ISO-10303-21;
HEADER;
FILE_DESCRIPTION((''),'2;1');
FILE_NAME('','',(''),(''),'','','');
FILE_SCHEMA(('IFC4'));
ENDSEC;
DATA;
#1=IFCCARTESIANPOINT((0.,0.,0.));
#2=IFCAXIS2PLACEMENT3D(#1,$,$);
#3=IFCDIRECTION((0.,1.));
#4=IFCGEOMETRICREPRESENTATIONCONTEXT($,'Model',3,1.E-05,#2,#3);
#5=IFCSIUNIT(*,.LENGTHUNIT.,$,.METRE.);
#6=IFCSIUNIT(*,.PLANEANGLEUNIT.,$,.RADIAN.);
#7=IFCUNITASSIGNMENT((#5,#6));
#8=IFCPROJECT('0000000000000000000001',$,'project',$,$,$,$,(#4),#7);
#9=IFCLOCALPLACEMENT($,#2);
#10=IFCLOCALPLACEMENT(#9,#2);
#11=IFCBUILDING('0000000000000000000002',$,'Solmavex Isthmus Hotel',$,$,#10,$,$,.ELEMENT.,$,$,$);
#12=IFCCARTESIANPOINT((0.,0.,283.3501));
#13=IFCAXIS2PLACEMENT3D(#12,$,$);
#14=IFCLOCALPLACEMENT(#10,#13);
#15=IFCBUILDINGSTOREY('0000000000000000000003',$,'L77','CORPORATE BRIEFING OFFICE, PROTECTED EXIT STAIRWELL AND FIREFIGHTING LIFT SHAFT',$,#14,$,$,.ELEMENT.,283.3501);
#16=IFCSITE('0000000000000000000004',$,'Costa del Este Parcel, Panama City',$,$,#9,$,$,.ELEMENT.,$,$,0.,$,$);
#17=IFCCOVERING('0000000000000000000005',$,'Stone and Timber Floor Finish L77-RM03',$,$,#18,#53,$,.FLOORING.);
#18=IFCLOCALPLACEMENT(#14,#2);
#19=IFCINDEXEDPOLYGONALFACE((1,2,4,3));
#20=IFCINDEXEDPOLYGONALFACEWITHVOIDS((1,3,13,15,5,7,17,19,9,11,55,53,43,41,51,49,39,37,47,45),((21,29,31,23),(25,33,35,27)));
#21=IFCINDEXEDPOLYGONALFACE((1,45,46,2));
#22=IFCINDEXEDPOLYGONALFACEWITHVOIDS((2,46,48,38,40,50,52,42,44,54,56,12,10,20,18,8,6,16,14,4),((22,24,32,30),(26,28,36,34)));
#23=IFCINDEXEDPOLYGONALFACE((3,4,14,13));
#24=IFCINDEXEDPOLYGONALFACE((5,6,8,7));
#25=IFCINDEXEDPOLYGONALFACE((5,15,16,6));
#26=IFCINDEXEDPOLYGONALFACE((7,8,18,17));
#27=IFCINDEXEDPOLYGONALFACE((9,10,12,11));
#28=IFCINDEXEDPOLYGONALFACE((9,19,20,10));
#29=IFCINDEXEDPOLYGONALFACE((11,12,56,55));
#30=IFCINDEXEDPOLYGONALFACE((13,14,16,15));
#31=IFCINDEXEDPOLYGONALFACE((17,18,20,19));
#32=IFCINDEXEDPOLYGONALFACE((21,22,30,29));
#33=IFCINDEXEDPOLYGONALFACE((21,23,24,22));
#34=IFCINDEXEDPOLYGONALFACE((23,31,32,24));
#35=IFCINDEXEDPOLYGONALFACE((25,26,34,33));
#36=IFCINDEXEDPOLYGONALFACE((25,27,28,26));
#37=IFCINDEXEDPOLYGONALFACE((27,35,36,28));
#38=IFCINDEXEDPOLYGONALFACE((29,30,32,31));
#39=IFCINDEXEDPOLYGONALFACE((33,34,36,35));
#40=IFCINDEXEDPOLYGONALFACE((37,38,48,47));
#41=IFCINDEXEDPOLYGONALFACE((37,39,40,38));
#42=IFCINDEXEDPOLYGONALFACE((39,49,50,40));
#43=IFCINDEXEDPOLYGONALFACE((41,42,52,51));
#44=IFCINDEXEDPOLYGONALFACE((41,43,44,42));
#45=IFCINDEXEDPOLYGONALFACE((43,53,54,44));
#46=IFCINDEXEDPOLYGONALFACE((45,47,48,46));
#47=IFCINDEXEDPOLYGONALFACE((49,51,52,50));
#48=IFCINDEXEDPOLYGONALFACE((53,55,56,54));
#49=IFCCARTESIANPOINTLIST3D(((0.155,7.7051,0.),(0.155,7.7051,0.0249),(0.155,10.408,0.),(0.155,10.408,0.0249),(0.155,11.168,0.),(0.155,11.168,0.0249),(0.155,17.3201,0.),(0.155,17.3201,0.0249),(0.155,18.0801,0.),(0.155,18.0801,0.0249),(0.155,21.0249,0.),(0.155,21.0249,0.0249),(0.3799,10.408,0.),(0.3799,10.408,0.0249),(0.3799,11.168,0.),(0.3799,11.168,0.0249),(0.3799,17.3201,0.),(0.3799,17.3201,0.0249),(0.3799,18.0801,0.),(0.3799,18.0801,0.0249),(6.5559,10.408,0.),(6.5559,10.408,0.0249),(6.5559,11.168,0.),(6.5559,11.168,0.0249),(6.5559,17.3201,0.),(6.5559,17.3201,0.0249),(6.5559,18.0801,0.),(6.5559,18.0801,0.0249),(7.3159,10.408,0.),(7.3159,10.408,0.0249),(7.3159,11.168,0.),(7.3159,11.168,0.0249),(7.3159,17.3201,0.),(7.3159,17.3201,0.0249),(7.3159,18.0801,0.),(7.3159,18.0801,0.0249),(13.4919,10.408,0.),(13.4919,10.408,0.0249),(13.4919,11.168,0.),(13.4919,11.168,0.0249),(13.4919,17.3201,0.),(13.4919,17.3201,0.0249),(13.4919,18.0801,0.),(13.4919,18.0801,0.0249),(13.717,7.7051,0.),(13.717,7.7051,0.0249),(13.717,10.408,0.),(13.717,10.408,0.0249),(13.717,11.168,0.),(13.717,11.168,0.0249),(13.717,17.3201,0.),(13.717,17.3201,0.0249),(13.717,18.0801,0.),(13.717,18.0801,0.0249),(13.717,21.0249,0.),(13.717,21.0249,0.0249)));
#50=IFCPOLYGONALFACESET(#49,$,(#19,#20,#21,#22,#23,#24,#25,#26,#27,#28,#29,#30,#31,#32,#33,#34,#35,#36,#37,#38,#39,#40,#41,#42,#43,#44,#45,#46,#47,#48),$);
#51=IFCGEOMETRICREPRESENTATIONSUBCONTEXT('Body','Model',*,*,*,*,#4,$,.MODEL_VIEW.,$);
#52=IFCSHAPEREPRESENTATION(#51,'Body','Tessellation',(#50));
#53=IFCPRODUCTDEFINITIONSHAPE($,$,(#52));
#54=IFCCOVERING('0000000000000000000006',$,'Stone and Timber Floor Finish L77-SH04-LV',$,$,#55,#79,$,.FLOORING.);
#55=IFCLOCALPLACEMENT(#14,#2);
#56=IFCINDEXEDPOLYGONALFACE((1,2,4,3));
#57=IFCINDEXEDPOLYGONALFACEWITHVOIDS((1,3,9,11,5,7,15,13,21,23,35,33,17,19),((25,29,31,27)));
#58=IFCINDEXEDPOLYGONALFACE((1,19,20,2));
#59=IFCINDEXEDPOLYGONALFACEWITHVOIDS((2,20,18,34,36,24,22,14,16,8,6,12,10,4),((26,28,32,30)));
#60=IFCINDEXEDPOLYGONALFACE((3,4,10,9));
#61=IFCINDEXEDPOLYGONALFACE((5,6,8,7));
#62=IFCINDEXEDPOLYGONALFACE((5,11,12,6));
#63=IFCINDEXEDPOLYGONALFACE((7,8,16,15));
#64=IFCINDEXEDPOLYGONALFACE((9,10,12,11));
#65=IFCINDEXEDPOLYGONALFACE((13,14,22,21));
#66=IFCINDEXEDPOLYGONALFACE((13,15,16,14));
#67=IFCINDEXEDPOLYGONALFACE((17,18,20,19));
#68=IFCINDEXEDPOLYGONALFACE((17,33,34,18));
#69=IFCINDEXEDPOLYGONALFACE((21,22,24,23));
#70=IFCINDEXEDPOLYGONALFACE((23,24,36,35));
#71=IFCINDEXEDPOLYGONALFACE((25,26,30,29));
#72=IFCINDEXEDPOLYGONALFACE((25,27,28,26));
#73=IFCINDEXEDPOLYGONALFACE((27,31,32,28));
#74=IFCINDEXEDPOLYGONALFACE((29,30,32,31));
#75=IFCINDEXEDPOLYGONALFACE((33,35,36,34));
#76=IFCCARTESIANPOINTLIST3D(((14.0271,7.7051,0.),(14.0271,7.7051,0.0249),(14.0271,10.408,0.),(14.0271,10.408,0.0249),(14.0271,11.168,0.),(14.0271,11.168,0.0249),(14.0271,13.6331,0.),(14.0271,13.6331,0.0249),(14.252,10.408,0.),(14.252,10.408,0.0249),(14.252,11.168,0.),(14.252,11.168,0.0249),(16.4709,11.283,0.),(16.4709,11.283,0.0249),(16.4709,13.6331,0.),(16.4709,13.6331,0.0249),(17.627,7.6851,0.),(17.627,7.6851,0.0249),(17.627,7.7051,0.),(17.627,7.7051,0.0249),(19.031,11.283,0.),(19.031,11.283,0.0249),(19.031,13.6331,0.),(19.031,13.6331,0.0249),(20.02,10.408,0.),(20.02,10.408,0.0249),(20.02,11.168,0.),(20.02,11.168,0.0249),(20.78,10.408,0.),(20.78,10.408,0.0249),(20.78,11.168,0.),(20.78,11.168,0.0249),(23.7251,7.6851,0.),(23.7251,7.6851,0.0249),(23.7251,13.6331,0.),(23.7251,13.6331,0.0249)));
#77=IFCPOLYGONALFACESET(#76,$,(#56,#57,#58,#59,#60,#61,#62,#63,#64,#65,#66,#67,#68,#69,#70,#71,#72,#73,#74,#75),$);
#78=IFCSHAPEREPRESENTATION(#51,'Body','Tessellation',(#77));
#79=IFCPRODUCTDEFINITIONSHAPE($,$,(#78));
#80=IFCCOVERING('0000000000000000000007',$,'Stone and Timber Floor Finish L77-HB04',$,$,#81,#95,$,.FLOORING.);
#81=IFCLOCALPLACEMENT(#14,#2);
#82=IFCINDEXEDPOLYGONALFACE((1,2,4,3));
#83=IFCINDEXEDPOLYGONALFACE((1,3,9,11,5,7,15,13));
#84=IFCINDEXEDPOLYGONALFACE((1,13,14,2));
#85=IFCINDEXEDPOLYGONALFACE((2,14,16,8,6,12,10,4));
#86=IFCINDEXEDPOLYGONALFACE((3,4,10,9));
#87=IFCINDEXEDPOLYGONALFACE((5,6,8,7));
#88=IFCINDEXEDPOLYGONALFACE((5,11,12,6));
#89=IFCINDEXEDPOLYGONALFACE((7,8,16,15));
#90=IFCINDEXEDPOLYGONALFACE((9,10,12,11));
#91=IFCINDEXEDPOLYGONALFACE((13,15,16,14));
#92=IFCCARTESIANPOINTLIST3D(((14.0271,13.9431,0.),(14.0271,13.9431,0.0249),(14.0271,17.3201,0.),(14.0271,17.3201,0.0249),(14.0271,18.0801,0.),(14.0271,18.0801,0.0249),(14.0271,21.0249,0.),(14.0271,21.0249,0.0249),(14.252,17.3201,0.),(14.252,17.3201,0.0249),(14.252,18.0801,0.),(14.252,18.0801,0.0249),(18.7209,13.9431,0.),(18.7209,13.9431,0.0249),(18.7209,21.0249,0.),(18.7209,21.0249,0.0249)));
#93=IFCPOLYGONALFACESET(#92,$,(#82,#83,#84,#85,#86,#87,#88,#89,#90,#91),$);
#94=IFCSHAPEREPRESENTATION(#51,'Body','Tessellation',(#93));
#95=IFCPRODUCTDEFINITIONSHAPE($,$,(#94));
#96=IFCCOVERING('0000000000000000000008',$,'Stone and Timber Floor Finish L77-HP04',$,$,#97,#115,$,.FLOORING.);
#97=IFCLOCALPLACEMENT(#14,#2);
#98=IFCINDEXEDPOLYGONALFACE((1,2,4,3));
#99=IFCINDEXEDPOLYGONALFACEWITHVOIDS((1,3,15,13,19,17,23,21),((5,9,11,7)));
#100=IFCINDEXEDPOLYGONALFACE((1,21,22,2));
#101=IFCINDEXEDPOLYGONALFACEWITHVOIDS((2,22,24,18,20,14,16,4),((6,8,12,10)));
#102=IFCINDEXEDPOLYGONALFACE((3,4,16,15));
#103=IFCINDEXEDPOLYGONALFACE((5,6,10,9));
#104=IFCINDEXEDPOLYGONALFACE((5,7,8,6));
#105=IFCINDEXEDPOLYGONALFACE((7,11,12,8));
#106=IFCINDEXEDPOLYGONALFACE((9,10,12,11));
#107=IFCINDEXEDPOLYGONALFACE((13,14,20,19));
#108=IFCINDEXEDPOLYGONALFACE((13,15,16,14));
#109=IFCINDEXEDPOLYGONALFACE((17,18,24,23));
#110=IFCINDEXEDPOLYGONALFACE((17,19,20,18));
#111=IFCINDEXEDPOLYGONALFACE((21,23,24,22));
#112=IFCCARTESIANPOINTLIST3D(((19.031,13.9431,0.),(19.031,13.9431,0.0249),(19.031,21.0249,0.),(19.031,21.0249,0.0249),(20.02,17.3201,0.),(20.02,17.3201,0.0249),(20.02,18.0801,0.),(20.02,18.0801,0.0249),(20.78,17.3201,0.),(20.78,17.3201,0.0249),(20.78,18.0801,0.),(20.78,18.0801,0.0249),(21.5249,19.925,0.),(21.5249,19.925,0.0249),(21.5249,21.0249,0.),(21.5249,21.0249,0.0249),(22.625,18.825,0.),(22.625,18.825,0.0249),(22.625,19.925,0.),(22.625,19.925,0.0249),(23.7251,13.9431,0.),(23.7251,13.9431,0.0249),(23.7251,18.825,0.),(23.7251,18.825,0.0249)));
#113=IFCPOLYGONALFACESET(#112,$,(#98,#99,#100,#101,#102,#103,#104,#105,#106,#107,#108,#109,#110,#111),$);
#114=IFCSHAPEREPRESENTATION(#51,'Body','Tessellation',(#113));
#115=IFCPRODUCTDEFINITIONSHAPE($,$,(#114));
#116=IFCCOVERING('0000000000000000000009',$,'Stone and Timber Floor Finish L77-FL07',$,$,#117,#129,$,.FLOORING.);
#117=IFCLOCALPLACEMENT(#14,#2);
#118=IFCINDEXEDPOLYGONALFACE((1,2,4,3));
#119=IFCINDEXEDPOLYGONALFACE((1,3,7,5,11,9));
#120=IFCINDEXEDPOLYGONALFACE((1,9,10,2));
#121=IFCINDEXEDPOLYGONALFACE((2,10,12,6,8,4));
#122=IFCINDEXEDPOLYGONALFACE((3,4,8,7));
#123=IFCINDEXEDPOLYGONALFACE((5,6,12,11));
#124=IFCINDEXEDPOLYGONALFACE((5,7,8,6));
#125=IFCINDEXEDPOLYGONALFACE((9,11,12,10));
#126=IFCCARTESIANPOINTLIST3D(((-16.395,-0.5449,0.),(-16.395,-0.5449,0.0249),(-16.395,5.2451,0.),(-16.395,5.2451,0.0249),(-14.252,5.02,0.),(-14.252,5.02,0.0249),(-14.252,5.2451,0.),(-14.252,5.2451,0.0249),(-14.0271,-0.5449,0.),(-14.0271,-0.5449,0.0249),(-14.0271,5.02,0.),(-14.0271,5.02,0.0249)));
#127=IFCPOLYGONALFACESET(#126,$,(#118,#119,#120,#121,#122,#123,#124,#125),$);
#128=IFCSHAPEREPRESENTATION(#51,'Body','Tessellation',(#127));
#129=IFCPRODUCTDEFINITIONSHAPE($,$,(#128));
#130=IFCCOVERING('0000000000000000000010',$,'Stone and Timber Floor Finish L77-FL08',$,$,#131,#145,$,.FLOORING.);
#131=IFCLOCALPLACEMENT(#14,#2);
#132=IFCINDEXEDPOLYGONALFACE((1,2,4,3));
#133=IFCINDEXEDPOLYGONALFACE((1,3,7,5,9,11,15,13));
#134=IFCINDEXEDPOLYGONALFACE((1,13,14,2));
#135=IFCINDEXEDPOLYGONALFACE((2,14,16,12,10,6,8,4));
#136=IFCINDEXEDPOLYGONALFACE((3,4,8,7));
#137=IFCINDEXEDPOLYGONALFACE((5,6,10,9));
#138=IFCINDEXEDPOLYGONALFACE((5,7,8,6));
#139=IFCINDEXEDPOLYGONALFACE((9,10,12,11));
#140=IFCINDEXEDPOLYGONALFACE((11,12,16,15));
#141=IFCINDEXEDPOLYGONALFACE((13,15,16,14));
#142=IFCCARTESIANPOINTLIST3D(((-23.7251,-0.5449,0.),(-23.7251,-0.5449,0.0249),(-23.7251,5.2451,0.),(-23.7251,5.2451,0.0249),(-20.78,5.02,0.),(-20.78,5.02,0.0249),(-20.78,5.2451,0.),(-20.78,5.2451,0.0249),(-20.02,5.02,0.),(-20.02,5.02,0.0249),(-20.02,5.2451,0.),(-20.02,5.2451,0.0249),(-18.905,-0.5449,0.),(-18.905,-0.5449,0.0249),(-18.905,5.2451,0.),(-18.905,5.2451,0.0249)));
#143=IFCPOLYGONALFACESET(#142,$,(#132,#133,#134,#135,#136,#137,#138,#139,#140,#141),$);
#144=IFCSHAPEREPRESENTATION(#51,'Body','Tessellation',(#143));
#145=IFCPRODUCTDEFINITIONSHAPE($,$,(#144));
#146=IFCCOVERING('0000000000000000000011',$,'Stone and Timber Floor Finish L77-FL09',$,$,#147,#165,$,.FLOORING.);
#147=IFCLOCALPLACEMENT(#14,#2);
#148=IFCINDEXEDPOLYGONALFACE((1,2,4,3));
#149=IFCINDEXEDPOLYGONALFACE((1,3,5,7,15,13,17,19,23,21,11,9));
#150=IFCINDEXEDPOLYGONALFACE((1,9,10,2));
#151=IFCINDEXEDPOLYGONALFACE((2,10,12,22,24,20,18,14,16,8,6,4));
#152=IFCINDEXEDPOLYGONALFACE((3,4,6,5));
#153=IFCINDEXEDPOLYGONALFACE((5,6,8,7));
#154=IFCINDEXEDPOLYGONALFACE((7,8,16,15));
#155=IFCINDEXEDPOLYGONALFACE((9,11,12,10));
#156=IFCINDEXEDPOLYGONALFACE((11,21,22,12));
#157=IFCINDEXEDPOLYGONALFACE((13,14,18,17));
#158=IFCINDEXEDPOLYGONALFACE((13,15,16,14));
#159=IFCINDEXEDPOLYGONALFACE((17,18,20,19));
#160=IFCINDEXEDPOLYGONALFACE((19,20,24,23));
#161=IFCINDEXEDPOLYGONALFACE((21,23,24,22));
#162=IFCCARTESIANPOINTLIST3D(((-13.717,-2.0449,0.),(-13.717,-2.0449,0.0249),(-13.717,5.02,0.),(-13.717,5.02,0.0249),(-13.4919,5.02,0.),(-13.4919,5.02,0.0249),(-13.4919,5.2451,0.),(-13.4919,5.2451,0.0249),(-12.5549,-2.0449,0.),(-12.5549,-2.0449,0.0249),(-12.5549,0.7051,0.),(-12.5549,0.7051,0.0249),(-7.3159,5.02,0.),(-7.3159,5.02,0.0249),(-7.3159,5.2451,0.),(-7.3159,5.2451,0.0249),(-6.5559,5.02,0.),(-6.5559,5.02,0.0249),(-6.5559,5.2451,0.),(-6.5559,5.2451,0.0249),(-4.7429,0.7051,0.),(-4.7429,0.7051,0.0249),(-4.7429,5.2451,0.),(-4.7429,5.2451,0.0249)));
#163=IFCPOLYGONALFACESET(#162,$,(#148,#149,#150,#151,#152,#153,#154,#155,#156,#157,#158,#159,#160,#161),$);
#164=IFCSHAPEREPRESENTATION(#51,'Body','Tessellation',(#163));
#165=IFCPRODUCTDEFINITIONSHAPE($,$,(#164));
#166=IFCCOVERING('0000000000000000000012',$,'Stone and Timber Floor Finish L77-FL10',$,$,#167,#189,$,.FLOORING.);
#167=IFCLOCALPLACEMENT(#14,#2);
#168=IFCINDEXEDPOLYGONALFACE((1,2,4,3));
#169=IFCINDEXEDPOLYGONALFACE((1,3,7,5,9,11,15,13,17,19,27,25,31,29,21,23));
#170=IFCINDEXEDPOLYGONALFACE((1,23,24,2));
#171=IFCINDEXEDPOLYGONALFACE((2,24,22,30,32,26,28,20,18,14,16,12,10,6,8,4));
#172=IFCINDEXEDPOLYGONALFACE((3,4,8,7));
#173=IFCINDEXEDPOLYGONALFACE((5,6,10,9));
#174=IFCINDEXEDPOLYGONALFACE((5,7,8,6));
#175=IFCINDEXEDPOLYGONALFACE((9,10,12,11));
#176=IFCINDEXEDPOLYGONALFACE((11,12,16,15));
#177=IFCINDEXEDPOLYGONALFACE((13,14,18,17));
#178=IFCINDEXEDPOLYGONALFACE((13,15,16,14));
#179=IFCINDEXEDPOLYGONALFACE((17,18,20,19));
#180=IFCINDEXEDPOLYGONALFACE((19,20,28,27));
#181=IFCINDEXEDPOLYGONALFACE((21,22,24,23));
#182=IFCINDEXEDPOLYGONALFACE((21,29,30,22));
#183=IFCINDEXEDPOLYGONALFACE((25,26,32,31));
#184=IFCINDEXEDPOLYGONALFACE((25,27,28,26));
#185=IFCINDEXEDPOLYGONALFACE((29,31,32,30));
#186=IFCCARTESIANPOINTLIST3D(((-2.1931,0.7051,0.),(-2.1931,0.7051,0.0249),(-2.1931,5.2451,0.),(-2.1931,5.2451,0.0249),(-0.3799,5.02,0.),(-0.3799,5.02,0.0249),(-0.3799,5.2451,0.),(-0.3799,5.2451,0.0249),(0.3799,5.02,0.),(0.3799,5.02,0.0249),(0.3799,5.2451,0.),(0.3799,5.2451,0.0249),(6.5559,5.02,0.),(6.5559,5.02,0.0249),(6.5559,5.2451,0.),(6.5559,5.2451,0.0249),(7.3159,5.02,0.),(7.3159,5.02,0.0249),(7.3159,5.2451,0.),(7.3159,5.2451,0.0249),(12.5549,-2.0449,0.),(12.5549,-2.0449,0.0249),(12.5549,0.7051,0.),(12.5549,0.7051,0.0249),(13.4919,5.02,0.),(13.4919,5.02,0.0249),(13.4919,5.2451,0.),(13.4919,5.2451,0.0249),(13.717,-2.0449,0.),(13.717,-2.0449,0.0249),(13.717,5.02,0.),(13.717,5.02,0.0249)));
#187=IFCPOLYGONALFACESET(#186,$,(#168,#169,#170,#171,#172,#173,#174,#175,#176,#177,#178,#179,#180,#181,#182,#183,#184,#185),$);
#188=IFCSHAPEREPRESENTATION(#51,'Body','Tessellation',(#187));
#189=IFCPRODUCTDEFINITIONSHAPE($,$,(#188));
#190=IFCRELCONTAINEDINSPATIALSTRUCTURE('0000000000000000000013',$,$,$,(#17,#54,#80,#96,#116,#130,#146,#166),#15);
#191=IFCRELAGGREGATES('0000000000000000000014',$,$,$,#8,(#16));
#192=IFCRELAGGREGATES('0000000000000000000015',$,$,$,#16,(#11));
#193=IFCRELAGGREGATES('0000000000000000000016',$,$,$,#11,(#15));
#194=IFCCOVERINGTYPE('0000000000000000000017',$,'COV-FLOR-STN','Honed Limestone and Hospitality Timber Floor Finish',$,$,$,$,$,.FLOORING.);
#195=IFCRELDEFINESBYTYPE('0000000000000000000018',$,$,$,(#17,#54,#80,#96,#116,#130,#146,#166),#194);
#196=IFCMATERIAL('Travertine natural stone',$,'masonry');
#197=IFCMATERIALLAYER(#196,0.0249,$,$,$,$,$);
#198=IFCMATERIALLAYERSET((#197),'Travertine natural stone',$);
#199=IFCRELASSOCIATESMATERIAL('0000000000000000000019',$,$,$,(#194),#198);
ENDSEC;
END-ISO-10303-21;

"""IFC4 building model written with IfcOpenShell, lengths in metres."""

from ifc_helpers import new_model, si_unit, direction, frame, origin, place, context, subcontext, project, spatial, polyline, outline, extrude, material, layer, layer_set, type_object, element, save


model = new_model("IFC4")

# Units and contexts
model_context = context("Model", 3, precision=1e-05, world=origin(), true_north=direction((0.0, 1.0)))
body_context = subcontext(model_context, "Body", "Model", "MODEL_VIEW")
ifc_project = project(units=[si_unit("LENGTHUNIT", "METRE"), si_unit("PLANEANGLEUNIT", "RADIAN")], contexts=[model_context])

# Site, building, storey
site_placement = place(None, origin())
site = spatial("IfcSite", under=ifc_project, at=site_placement, Name="Costa del Este Parcel, Panama City", CompositionType="ELEMENT", RefElevation=0.0)
building_placement = place(site_placement, origin())
building = spatial("IfcBuilding", under=site, at=building_placement, Name="Solmavex Isthmus Hotel", CompositionType="ELEMENT")
storey_placement = place(building_placement, frame((0.0, 0.0, 283.3501)))
storey = spatial("IfcBuildingStorey", under=building, at=storey_placement, Name="L77", Description="CORPORATE BRIEFING OFFICE, PROTECTED EXIT STAIRWELL AND FIREFIGHTING LIFT SHAFT", CompositionType="ELEMENT", Elevation=283.3501)

# Coverings
ifc_material_1 = material(Name="Travertine natural stone", Category="masonry")
ifc_layer_1 = layer(ifc_material_1, 0.0249)
ifc_layer_set_1 = layer_set([ifc_layer_1], Name="Travertine natural stone")
covering_type_1 = type_object("IfcCoveringType", Name="COV-FLOR-STN", Description="Honed Limestone and Hospitality Timber Floor Finish", PredefinedType="FLOORING", material=ifc_layer_set_1)
covering_1_placement = place(storey_placement, origin())
element("IfcCovering", 1, at=covering_1_placement, inside=storey, type_object=covering_type_1, Name="Stone and Timber Floor Finish L77-RM03", PredefinedType="FLOORING", context=body_context, shape_type="SweptSolid", body=[
    extrude(outline(polyline([(0.155, 11.168), (0.3799, 11.168), (0.3799, 10.408), (0.155, 10.408), (0.155, 7.7051), (13.717, 7.7051), (13.717, 10.408), (13.4919, 10.408), (13.4919, 11.168), (13.717, 11.168), (13.717, 17.3201), (13.4919, 17.3201), (13.4919, 18.0801), (13.717, 18.0801), (13.717, 21.0249), (0.155, 21.0249), (0.155, 18.0801), (0.3799, 18.0801), (0.3799, 17.3201), (0.155, 17.3201), (0.155, 11.168)]), holes=[polyline([(6.5559, 10.408), (6.5559, 11.168), (7.3159, 11.168), (7.3159, 10.408), (6.5559, 10.408)]), polyline([(6.5559, 17.3201), (6.5559, 18.0801), (7.3159, 18.0801), (7.3159, 17.3201), (6.5559, 17.3201)])]), origin(), (0.0, 0.0, 1.0), 0.0249),
])
covering_2_placement = place(storey_placement, origin())
element("IfcCovering", 2, at=covering_2_placement, inside=storey, type_object=covering_type_1, Name="Stone and Timber Floor Finish L77-SH04-LV", PredefinedType="FLOORING", context=body_context, shape_type="SweptSolid", body=[
    extrude(outline(polyline([(14.0271, 11.168), (14.252, 11.168), (14.252, 10.408), (14.0271, 10.408), (14.0271, 7.7051), (17.627, 7.7051), (17.627, 7.6851), (23.7251, 7.6851), (23.7251, 13.6331), (19.031, 13.6331), (19.031, 11.283), (16.4709, 11.283), (16.4709, 13.6331), (14.0271, 13.6331), (14.0271, 11.168)]), holes=[polyline([(20.02, 10.408), (20.02, 11.168), (20.78, 11.168), (20.78, 10.408), (20.02, 10.408)])]), origin(), (0.0, 0.0, 1.0), 0.0249),
])
covering_3_placement = place(storey_placement, origin())
element("IfcCovering", 3, at=covering_3_placement, inside=storey, type_object=covering_type_1, Name="Stone and Timber Floor Finish L77-HB04", PredefinedType="FLOORING", context=body_context, shape_type="SweptSolid", body=[
    extrude(outline(polyline([(14.0271, 18.0801), (14.252, 18.0801), (14.252, 17.3201), (14.0271, 17.3201), (14.0271, 13.9431), (18.7209, 13.9431), (18.7209, 21.0249), (14.0271, 21.0249), (14.0271, 18.0801)])), origin(), (0.0, 0.0, 1.0), 0.0249),
])
covering_4_placement = place(storey_placement, origin())
element("IfcCovering", 4, at=covering_4_placement, inside=storey, type_object=covering_type_1, Name="Stone and Timber Floor Finish L77-HP04", PredefinedType="FLOORING", context=body_context, shape_type="SweptSolid", body=[
    extrude(outline(polyline([(21.5249, 19.925), (21.5249, 21.0249), (19.031, 21.0249), (19.031, 13.9431), (23.7251, 13.9431), (23.7251, 18.825), (22.625, 18.825), (22.625, 19.925), (21.5249, 19.925)]), holes=[polyline([(20.02, 17.3201), (20.02, 18.0801), (20.78, 18.0801), (20.78, 17.3201), (20.02, 17.3201)])]), origin(), (0.0, 0.0, 1.0), 0.0249),
])
covering_5_placement = place(storey_placement, origin())
element("IfcCovering", 5, at=covering_5_placement, inside=storey, type_object=covering_type_1, Name="Stone and Timber Floor Finish L77-FL07", PredefinedType="FLOORING", context=body_context, shape_type="SweptSolid", body=[
    extrude(outline(polyline([(-14.0271, 5.02), (-14.252, 5.02), (-14.252, 5.2451), (-16.395, 5.2451), (-16.395, -0.5449), (-14.0271, -0.5449), (-14.0271, 5.02)])), origin(), (0.0, 0.0, 1.0), 0.0249),
])
covering_6_placement = place(storey_placement, origin())
element("IfcCovering", 6, at=covering_6_placement, inside=storey, type_object=covering_type_1, Name="Stone and Timber Floor Finish L77-FL08", PredefinedType="FLOORING", context=body_context, shape_type="SweptSolid", body=[
    extrude(outline(polyline([(-20.02, 5.2451), (-20.02, 5.02), (-20.78, 5.02), (-20.78, 5.2451), (-23.7251, 5.2451), (-23.7251, -0.5449), (-18.905, -0.5449), (-18.905, 5.2451), (-20.02, 5.2451)])), origin(), (0.0, 0.0, 1.0), 0.0249),
])
covering_7_placement = place(storey_placement, origin())
element("IfcCovering", 7, at=covering_7_placement, inside=storey, type_object=covering_type_1, Name="Stone and Timber Floor Finish L77-FL09", PredefinedType="FLOORING", context=body_context, shape_type="SweptSolid", body=[
    extrude(outline(polyline([(-6.5559, 5.2451), (-6.5559, 5.02), (-7.3159, 5.02), (-7.3159, 5.2451), (-13.4919, 5.2451), (-13.4919, 5.02), (-13.717, 5.02), (-13.717, -2.0449), (-12.5549, -2.0449), (-12.5549, 0.7051), (-4.7429, 0.7051), (-4.7429, 5.2451), (-6.5559, 5.2451)])), origin(), (0.0, 0.0, 1.0), 0.0249),
])
covering_8_placement = place(storey_placement, origin())
element("IfcCovering", 8, at=covering_8_placement, inside=storey, type_object=covering_type_1, Name="Stone and Timber Floor Finish L77-FL10", PredefinedType="FLOORING", context=body_context, shape_type="SweptSolid", body=[
    extrude(outline(polyline([(0.3799, 5.2451), (0.3799, 5.02), (-0.3799, 5.02), (-0.3799, 5.2451), (-2.1931, 5.2451), (-2.1931, 0.7051), (12.5549, 0.7051), (12.5549, -2.0449), (13.717, -2.0449), (13.717, 5.02), (13.4919, 5.02), (13.4919, 5.2451), (7.3159, 5.2451), (7.3159, 5.02), (6.5559, 5.02), (6.5559, 5.2451), (0.3799, 5.2451)])), origin(), (0.0, 0.0, 1.0), 0.0249),
])

save(model, "model.ifc")
